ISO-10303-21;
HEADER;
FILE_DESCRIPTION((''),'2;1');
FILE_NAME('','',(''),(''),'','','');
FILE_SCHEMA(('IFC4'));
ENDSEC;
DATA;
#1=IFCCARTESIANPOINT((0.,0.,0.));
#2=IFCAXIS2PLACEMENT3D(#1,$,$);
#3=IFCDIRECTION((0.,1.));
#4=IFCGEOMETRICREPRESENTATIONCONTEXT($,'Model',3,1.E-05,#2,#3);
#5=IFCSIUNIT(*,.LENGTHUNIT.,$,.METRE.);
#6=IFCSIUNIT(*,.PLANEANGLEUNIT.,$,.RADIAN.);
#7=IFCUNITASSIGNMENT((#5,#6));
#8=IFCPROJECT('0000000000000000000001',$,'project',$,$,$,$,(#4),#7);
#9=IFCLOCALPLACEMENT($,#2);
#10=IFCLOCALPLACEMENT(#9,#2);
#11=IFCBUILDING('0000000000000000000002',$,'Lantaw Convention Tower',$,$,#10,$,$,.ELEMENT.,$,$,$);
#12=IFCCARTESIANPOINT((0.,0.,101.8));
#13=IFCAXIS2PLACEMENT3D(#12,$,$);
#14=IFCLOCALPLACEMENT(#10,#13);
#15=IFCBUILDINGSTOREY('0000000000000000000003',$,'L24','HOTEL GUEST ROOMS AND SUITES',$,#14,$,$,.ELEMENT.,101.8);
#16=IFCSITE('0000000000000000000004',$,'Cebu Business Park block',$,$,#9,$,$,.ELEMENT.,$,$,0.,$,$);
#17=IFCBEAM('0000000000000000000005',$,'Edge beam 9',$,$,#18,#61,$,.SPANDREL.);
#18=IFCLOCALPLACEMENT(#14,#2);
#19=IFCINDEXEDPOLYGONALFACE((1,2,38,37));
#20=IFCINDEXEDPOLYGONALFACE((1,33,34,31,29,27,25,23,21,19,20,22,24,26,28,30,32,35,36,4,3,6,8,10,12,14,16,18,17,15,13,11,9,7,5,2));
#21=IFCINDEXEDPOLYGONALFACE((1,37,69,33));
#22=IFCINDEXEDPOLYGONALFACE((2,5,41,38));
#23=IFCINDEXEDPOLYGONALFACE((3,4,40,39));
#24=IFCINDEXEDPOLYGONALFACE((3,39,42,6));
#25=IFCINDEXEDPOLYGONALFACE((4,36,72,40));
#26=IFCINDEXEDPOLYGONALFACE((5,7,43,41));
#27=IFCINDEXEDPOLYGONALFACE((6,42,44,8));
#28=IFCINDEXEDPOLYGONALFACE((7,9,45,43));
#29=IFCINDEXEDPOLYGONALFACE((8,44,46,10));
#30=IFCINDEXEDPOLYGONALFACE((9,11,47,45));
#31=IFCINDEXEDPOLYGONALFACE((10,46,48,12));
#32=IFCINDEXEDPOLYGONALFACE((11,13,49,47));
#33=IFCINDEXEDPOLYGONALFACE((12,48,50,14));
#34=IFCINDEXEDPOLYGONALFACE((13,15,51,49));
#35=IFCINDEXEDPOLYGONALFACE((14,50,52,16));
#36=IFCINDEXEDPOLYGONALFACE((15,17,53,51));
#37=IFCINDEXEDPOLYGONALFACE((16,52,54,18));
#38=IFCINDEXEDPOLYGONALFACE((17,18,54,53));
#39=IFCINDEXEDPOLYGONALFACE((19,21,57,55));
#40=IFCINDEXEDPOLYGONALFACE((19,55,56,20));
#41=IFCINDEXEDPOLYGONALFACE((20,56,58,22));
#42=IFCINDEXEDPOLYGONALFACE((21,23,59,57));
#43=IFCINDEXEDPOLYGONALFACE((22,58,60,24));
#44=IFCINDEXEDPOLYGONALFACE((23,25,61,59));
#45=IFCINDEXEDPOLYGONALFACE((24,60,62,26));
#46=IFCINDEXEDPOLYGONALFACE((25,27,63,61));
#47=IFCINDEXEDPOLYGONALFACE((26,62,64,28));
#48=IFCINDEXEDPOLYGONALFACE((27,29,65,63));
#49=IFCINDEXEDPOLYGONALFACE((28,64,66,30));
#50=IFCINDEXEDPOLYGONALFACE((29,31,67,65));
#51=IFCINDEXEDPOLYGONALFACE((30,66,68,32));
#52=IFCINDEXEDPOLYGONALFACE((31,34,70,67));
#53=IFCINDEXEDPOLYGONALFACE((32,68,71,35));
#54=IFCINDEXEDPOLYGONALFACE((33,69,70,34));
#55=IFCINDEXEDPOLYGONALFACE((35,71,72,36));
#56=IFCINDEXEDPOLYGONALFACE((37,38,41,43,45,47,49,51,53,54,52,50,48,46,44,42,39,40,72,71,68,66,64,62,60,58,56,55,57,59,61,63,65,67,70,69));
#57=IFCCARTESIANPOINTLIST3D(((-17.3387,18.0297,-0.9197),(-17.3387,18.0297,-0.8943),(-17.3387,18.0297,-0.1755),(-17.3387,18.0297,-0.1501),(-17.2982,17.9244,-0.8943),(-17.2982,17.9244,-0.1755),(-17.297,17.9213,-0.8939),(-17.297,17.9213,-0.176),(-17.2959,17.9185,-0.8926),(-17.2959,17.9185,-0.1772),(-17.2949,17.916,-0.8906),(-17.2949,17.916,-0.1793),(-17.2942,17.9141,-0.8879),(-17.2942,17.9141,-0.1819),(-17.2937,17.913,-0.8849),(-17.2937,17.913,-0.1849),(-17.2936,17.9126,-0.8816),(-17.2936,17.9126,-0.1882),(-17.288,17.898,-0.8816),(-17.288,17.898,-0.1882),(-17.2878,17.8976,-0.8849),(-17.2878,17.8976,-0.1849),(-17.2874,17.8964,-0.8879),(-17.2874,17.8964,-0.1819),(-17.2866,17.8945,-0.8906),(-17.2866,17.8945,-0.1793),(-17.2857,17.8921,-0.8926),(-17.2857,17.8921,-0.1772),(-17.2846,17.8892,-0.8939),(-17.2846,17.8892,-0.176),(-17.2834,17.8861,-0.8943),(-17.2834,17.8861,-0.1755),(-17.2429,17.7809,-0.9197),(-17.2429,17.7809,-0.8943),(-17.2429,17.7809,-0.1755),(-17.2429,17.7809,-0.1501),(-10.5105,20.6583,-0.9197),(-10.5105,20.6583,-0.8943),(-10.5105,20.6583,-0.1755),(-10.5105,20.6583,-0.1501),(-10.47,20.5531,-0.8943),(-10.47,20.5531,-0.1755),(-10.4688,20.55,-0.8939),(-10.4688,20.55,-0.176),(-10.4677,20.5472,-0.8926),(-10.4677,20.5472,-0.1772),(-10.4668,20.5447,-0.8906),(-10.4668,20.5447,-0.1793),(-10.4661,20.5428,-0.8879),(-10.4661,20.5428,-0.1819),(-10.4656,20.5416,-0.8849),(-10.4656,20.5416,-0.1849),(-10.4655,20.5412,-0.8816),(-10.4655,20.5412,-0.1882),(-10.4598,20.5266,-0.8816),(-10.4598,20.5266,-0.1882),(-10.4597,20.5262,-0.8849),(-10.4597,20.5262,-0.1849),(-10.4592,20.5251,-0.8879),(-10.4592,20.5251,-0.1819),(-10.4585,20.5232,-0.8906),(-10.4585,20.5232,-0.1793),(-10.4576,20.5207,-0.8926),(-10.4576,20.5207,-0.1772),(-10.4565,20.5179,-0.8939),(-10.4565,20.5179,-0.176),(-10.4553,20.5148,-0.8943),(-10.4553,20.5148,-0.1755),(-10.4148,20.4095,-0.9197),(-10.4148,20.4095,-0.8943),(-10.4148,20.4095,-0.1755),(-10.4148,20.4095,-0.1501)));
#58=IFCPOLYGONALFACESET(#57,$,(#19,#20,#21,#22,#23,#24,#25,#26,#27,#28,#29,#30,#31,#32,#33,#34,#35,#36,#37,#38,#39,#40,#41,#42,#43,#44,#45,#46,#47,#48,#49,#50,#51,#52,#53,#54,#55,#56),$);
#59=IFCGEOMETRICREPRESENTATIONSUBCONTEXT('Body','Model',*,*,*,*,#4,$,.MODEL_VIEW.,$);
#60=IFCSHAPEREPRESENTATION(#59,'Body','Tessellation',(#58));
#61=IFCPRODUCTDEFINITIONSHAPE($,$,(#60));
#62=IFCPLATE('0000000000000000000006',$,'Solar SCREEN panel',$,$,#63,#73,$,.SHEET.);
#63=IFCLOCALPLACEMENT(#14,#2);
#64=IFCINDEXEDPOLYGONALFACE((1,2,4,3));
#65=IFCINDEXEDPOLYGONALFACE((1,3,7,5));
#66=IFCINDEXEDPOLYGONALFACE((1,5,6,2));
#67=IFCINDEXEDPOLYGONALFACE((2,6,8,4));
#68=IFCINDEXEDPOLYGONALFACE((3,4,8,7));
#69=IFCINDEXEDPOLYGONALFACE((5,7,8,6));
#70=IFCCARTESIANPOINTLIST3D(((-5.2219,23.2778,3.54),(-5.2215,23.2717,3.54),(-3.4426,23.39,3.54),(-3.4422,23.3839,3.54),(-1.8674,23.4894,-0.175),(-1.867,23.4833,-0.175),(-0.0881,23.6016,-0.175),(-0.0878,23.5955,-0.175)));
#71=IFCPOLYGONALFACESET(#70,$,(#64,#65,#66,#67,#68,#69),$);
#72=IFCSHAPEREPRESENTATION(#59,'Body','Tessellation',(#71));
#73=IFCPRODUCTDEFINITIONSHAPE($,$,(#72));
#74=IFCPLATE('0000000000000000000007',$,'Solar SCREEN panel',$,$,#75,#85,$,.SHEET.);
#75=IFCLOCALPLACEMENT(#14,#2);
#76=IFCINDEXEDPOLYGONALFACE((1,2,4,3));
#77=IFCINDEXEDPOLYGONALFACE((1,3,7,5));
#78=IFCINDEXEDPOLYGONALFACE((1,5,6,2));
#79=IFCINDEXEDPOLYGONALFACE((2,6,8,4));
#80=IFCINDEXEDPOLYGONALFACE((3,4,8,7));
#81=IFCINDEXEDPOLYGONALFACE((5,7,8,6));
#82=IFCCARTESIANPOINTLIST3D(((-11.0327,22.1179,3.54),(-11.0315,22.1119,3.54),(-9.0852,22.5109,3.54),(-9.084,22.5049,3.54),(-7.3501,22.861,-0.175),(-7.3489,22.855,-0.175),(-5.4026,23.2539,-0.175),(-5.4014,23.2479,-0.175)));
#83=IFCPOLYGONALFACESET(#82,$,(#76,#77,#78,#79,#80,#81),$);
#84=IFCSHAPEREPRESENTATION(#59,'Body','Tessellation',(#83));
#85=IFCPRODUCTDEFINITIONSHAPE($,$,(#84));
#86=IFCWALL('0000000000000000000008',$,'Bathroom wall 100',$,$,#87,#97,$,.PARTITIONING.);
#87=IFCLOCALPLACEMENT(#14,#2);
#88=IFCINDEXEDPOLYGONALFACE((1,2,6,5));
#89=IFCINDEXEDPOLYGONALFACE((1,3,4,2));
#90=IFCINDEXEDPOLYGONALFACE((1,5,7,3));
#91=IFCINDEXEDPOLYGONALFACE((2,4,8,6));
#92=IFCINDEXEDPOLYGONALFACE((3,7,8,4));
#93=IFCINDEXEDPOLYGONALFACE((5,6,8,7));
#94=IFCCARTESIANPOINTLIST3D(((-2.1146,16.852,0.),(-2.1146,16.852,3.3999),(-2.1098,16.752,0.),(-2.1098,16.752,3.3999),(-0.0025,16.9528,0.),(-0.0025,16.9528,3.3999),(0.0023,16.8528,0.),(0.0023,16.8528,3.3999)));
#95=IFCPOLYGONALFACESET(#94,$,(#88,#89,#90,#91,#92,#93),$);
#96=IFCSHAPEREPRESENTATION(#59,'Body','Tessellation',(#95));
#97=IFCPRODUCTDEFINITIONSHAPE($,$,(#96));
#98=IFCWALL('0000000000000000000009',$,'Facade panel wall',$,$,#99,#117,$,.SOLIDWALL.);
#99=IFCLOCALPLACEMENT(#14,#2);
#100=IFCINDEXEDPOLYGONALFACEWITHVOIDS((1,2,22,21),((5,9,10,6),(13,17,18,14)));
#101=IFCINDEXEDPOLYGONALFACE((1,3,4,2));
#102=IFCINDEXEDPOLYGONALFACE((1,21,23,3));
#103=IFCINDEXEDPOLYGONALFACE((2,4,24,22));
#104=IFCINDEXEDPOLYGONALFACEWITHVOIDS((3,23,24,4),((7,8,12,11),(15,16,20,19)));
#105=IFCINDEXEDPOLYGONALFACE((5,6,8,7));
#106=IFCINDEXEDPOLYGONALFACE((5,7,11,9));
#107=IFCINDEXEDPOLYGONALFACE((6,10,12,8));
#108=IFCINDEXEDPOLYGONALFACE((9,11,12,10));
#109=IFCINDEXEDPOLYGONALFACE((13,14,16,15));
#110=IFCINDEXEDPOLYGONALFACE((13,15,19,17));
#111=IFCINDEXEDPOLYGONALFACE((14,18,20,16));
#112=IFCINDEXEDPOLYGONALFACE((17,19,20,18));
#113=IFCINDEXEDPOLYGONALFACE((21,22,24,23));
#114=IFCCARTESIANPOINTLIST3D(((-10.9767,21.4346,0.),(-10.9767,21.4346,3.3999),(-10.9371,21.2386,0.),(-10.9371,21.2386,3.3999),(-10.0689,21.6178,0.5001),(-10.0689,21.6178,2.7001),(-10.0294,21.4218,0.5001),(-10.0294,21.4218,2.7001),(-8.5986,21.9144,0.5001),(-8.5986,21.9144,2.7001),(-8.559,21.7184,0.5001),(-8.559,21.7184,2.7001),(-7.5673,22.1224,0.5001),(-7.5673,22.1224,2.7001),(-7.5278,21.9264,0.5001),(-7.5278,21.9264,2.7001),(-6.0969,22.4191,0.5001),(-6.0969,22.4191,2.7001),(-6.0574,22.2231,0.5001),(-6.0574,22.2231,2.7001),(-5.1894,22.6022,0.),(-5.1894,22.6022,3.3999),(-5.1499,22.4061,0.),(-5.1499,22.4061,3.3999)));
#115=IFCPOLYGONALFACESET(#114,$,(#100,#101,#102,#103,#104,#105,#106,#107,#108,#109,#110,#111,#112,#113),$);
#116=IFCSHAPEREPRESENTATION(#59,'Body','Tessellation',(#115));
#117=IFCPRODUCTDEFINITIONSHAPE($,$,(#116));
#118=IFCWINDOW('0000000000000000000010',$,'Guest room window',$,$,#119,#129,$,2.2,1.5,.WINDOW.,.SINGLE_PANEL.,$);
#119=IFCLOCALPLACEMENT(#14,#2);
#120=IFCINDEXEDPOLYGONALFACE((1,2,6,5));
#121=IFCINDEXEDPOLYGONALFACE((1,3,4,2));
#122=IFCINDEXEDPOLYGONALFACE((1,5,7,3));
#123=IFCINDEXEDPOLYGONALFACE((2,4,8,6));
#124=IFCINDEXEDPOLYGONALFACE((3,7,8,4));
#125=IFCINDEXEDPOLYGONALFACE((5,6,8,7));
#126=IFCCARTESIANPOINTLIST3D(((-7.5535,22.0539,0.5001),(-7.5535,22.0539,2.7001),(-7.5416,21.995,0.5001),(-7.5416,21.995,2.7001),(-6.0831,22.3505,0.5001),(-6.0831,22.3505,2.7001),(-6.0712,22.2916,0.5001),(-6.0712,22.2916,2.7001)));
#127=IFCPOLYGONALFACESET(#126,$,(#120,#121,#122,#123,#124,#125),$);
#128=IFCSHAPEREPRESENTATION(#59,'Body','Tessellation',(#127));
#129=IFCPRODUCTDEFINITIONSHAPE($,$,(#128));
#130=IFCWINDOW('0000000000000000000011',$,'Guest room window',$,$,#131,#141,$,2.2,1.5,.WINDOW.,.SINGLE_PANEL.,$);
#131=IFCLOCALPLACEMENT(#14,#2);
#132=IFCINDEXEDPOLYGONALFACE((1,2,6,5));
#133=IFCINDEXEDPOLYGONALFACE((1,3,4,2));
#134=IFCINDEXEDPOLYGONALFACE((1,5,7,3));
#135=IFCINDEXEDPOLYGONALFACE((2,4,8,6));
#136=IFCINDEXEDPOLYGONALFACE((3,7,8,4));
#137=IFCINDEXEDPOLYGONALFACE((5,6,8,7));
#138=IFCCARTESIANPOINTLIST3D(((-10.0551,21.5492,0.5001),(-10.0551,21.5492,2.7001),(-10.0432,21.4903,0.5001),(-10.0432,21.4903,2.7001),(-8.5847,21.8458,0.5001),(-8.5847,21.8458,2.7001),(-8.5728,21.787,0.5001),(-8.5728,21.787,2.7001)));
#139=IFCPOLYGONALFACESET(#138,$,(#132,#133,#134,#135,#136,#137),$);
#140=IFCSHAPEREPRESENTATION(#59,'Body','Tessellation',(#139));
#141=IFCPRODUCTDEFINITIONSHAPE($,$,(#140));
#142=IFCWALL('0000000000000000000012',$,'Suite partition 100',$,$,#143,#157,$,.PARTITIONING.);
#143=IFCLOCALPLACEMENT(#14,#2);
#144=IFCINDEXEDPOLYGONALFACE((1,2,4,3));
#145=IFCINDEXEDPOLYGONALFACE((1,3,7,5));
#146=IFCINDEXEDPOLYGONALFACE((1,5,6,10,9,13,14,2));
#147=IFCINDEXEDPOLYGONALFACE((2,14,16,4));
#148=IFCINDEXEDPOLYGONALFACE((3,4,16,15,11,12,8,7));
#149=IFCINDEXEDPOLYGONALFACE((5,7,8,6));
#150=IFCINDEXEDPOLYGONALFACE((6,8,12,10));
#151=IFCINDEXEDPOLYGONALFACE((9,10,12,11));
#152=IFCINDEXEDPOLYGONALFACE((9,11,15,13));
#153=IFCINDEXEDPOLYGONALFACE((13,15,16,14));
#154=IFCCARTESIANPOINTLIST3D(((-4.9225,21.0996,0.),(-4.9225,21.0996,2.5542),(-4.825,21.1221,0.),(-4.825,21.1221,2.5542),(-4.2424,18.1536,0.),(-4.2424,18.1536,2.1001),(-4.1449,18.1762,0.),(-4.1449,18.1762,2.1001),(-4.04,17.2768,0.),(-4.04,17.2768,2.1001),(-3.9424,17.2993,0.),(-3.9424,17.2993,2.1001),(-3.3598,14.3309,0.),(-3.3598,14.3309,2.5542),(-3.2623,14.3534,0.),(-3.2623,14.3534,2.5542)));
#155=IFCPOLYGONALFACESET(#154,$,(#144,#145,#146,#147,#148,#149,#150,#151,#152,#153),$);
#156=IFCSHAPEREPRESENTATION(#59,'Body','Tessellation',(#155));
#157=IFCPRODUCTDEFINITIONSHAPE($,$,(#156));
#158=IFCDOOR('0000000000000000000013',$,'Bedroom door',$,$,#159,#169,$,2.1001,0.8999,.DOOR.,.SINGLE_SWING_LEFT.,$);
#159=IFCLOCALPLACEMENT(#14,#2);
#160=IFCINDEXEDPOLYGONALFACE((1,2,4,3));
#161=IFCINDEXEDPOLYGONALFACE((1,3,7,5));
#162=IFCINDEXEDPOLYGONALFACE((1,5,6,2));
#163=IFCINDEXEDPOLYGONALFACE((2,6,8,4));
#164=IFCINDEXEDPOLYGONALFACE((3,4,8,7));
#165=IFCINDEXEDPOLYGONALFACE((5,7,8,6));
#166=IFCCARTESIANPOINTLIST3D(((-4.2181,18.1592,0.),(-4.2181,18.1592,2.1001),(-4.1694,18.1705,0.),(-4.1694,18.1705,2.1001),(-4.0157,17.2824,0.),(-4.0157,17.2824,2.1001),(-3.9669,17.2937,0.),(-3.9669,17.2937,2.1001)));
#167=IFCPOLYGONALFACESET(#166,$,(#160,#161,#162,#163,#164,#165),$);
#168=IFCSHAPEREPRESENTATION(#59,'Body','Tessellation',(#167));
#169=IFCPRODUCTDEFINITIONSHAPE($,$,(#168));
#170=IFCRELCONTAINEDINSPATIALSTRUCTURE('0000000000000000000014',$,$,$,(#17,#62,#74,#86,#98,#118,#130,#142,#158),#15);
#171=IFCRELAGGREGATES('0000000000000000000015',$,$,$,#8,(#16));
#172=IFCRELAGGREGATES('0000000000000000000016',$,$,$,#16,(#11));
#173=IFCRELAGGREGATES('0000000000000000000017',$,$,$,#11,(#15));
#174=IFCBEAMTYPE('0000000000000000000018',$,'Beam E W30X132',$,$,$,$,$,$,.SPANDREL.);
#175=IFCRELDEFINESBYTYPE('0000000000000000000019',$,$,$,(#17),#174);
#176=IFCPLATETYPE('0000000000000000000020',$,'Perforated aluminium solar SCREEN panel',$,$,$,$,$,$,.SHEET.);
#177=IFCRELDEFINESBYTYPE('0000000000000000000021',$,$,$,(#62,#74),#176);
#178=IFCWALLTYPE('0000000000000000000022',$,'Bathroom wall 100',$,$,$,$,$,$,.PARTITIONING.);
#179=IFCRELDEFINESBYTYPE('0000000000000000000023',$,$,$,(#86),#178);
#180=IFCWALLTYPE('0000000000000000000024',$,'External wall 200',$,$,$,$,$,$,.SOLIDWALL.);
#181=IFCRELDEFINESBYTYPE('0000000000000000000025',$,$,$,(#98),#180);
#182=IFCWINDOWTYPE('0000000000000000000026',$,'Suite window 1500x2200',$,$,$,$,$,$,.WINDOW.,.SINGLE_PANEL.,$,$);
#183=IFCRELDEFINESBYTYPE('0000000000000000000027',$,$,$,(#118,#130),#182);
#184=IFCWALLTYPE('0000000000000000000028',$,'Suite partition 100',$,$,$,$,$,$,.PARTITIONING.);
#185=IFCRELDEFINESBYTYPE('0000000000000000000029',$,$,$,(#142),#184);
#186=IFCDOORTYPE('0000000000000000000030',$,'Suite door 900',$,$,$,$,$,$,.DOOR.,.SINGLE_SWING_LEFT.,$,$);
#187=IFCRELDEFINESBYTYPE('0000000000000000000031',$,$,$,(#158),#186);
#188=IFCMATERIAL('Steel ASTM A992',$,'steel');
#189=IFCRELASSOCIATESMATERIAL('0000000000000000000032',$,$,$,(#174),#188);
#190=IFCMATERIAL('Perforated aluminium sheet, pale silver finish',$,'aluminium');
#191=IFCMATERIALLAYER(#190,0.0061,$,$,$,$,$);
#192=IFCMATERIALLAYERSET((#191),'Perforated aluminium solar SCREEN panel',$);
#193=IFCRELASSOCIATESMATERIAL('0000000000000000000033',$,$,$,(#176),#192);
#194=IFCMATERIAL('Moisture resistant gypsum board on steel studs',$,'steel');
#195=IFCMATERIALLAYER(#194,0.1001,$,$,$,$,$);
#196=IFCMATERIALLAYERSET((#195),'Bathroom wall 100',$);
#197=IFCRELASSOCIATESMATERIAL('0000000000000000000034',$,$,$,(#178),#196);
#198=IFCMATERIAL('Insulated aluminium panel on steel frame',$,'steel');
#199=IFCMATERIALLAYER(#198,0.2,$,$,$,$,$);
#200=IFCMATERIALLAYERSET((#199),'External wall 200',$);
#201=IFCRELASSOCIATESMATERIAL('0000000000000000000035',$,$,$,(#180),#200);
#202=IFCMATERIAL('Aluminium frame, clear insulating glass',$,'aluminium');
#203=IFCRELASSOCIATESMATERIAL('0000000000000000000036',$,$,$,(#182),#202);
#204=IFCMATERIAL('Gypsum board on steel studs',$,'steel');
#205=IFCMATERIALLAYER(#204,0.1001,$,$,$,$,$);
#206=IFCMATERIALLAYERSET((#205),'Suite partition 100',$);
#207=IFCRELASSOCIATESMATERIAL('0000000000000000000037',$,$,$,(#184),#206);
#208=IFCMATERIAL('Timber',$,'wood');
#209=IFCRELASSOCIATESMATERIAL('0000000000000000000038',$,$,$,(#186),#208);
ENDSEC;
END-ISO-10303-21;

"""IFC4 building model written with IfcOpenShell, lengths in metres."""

from ifc_helpers import new_model, si_unit, direction, frame, frame_2d, origin, origin_2d, place, context, subcontext, project, spatial, polyline, rectangle, i_section, outline, extrude, material, layer, layer_set, material_profile, profile_set, type_object, element, fill, save


model = new_model("IFC4")

# Units and contexts
model_context = context("Model", 3, precision=1e-05, world=origin(), true_north=direction((0.0, 1.0)))
body_context = subcontext(model_context, "Body", "Model", "MODEL_VIEW")
ifc_project = project(units=[si_unit("LENGTHUNIT", "METRE"), si_unit("PLANEANGLEUNIT", "RADIAN")], contexts=[model_context])

# Site, building, storey
site_placement = place(None, origin())
site = spatial("IfcSite", under=ifc_project, at=site_placement, Name="Cebu Business Park block", CompositionType="ELEMENT", RefElevation=0.0)
building_placement = place(site_placement, origin())
building = spatial("IfcBuilding", under=site, at=building_placement, Name="Lantaw Convention Tower", CompositionType="ELEMENT")
storey_placement = place(building_placement, frame((0.0, 0.0, 101.8)))
storey = spatial("IfcBuildingStorey", under=building, at=storey_placement, Name="L24", Description="HOTEL GUEST ROOMS AND SUITES", CompositionType="ELEMENT", Elevation=101.8)

# Beam
ifc_material_1 = material(Name="Steel ASTM A992", Category="steel")
ifc_material_profile_1 = material_profile(ifc_material_1, i_section(OverallWidth=0.2666, OverallDepth=0.7695, WebThickness=0.0156, FlangeThickness=0.0254, FilletRadius=0.0127, at=origin_2d()), Name="W30X132")
ifc_profile_set_1 = profile_set([ifc_material_profile_1], Name="Steel ASTM A992")
beam_type_1 = type_object("IfcBeamType", Name="Beam E W30X132", PredefinedType="SPANDREL", material=ifc_profile_set_1)
beam_1_placement = place(storey_placement, frame((-10.4626, 20.5339, -0.5349), z_axis=(-0.933233, -0.359272, 0.0), x_axis=(0.359272, -0.933233, 0.0)))
element("IfcBeam", 1, at=beam_1_placement, inside=storey, type_object=beam_type_1, Name="Edge beam 9", PredefinedType="SPANDREL", context=body_context, shape_type="SweptSolid", body=[
    extrude(i_section(OverallWidth=0.2666, OverallDepth=0.7695, WebThickness=0.0156, FlangeThickness=0.0254, FilletRadius=0.0127, at=origin_2d()), origin(), (0.0, 0.0, 1.0), 7.3167),
])

# Plates
ifc_material_2 = material(Name="Perforated aluminium sheet, pale silver finish", Category="aluminium")
ifc_layer_1 = layer(ifc_material_2, 0.0061)
ifc_layer_set_1 = layer_set([ifc_layer_1], Name="Perforated aluminium solar SCREEN panel")
plate_type = type_object("IfcPlateType", Name="Perforated aluminium solar SCREEN panel", PredefinedType="SHEET", material=ifc_layer_set_1)
plate_1_placement = place(storey_placement, frame((-0.0881, 23.6016, -0.175), z_axis=(-0.062924, 0.998018, 0.000014), x_axis=(-0.998018, -0.062924, 0.0)))
element("IfcPlate", 2, at=plate_1_placement, inside=storey, type_object=plate_type, Name="Solar SCREEN panel", PredefinedType="SHEET", context=body_context, shape_type="SweptSolid", body=[
    extrude(outline(polyline([(0.0, 0.0), (1.7828, 0.0), (5.144, 3.7151), (3.3611, 3.7151), (0.0, 0.0)])), origin(), (0.0, 0.0, -1.0), 0.0061),
])
plate_2_placement = place(storey_placement, frame((-5.4026, 23.2539, -0.175), z_axis=(-0.197782, 0.980246, 0.000002), x_axis=(-0.980246, -0.197782, 0.0)))
element("IfcPlate", 3, at=plate_2_placement, inside=storey, type_object=plate_type, Name="Solar SCREEN panel", PredefinedType="SHEET", context=body_context, shape_type="SweptSolid", body=[
    extrude(outline(polyline([(0.0, 0.0), (1.9867, 0.0), (5.7436, 3.7151), (3.7568, 3.7151), (0.0, 0.0)])), origin(), (0.0, 0.0, -1.0), 0.0061),
])

# Wall
ifc_material_3 = material(Name="Moisture resistant gypsum board on steel studs", Category="steel")
ifc_layer_2 = layer(ifc_material_3, 0.1001)
ifc_layer_set_2 = layer_set([ifc_layer_2], Name="Bathroom wall 100")
wall_type_1 = type_object("IfcWallType", Name="Bathroom wall 100", PredefinedType="PARTITIONING", material=ifc_layer_set_2)
wall_1_placement = place(storey_placement, frame((-2.1121, 16.802, 0.0), z_axis=(0.0, 0.0, 1.0), x_axis=(0.998862, 0.047686, 0.0)))
element("IfcWall", 4, at=wall_1_placement, inside=storey, type_object=wall_type_1, Name="Bathroom wall 100", PredefinedType="PARTITIONING", context=body_context, shape_type="SweptSolid", body=[
    extrude(rectangle(XDim=2.1145, YDim=0.1001, at=frame_2d((1.0571, 0.0))), origin(), (0.0, 0.0, 1.0), 3.3999),
])

# Wall, openings, windows
ifc_material_4 = material(Name="Insulated aluminium panel on steel frame", Category="steel")
ifc_layer_3 = layer(ifc_material_4, 0.2)
ifc_layer_set_3 = layer_set([ifc_layer_3], Name="External wall 200")
wall_type_2 = type_object("IfcWallType", Name="External wall 200", PredefinedType="SOLIDWALL", material=ifc_layer_set_3)
wall_2_placement = place(storey_placement, frame((-5.1697, 22.5042, 0.0), z_axis=(0.0, 0.0, 1.0), x_axis=(-0.980252, -0.197754, 0.0)))
wall_2 = element("IfcWall", 5, at=wall_2_placement, inside=storey, type_object=wall_type_2, Name="Facade panel wall", PredefinedType="SOLIDWALL", context=body_context, shape_type="SweptSolid", body=[
    extrude(rectangle(XDim=5.9038, YDim=0.2, at=frame_2d((2.9519, 0.0))), origin(), (0.0, 0.0, 1.0), 3.3999),
])
opening_1_placement = place(wall_2_placement, frame((0.9258, 0.0, 0.5)))
opening_1 = element("IfcOpeningElement", 6, at=opening_1_placement, cuts=wall_2, PredefinedType="OPENING", context=body_context, shape_type="SweptSolid", body=[
    extrude(rectangle(XDim=1.5, YDim=2.2, at=frame_2d((0.75, 1.1001))), frame((0.0, 0.1099, 0.0), z_axis=(0.0, -1.0, 0.0), x_axis=(1.0, 0.0, 0.0)), (0.0, 0.0, 1.0), 0.22),
])
opening_2_placement = place(wall_2_placement, frame((3.4778, 0.0, 0.5)))
opening_2 = element("IfcOpeningElement", 7, at=opening_2_placement, cuts=wall_2, PredefinedType="OPENING", context=body_context, shape_type="SweptSolid", body=[
    extrude(rectangle(XDim=1.5, YDim=2.2, at=frame_2d((0.75, 1.1001))), frame((0.0, 0.1099, 0.0), z_axis=(0.0, -1.0, 0.0), x_axis=(1.0, 0.0, 0.0)), (0.0, 0.0, 1.0), 0.22),
])
ifc_material_5 = material(Name="Aluminium frame, clear insulating glass", Category="aluminium")
window_type = type_object("IfcWindowType", Name="Suite window 1500x2200", PartitioningType="SINGLE_PANEL", PredefinedType="WINDOW", material=ifc_material_5)
window_1_placement = place(opening_1_placement, origin())
window_1 = element("IfcWindow", 8, at=window_1_placement, inside=storey, type_object=window_type, Name="Guest room window", OverallHeight=2.2, OverallWidth=1.5, PartitioningType="SINGLE_PANEL", PredefinedType="WINDOW", context=body_context, shape_type="SweptSolid", body=[
    extrude(rectangle(XDim=1.5, YDim=2.2, at=frame_2d((0.75, 1.1001))), frame((0.0, 0.03, 0.0), z_axis=(0.0, -1.0, 0.0), x_axis=(1.0, 0.0, 0.0)), (0.0, 0.0, 1.0), 0.0601),
])
fill(opening_1, window_1)
window_2_placement = place(opening_2_placement, origin())
window_2 = element("IfcWindow", 9, at=window_2_placement, inside=storey, type_object=window_type, Name="Guest room window", OverallHeight=2.2, OverallWidth=1.5, PartitioningType="SINGLE_PANEL", PredefinedType="WINDOW", context=body_context, shape_type="SweptSolid", body=[
    extrude(rectangle(XDim=1.5, YDim=2.2, at=frame_2d((0.75, 1.1001))), frame((0.0, 0.03, 0.0), z_axis=(0.0, -1.0, 0.0), x_axis=(1.0, 0.0, 0.0)), (0.0, 0.0, 1.0), 0.0601),
])
fill(opening_2, window_2)

# Wall, opening, door
ifc_material_6 = material(Name="Gypsum board on steel studs", Category="steel")
ifc_layer_4 = layer(ifc_material_6, 0.1001)
ifc_layer_set_4 = layer_set([ifc_layer_4], Name="Suite partition 100")
wall_type_3 = type_object("IfcWallType", Name="Suite partition 100", PredefinedType="PARTITIONING", material=ifc_layer_set_4)
wall_3_placement = place(storey_placement, frame((-4.8738, 21.1108, 0.0), z_axis=(0.0, 0.0, 1.0), x_axis=(0.224957, -0.974369, 0.0)))
wall_3 = element("IfcWall", 10, at=wall_3_placement, inside=storey, type_object=wall_type_3, Name="Suite partition 100", PredefinedType="PARTITIONING", context=body_context, shape_type="SweptSolid", body=[
    extrude(rectangle(XDim=6.9468, YDim=0.1001, at=frame_2d((3.4734, 0.0))), origin(), (0.0, 0.0, 1.0), 2.5542),
])
opening_3_placement = place(wall_3_placement, frame((3.0234, 0.0, 0.0)))
opening_3 = element("IfcOpeningElement", 11, at=opening_3_placement, cuts=wall_3, PredefinedType="OPENING", context=body_context, shape_type="SweptSolid", body=[
    extrude(rectangle(XDim=0.8999, YDim=2.1001, at=frame_2d((0.45, 1.05))), frame((0.0, 0.0601, 0.0), z_axis=(0.0, -1.0, 0.0), x_axis=(1.0, 0.0, 0.0)), (0.0, 0.0, 1.0), 0.1201),
])
ifc_material_7 = material(Name="Timber", Category="wood")
door_type = type_object("IfcDoorType", Name="Suite door 900", OperationType="SINGLE_SWING_LEFT", PredefinedType="DOOR", material=ifc_material_7)
door_placement = place(opening_3_placement, origin())
door = element("IfcDoor", 12, at=door_placement, inside=storey, type_object=door_type, Name="Bedroom door", OperationType="SINGLE_SWING_LEFT", OverallHeight=2.1001, OverallWidth=0.8999, PredefinedType="DOOR", context=body_context, shape_type="SweptSolid", body=[
    extrude(rectangle(XDim=0.8999, YDim=2.1001, at=frame_2d((0.45, 1.05))), frame((0.0, 0.0249, 0.0), z_axis=(0.0, -1.0, 0.0), x_axis=(1.0, 0.0, 0.0)), (0.0, 0.0, 1.0), 0.05),
])
fill(opening_3, door)

save(model, "model.ifc")
